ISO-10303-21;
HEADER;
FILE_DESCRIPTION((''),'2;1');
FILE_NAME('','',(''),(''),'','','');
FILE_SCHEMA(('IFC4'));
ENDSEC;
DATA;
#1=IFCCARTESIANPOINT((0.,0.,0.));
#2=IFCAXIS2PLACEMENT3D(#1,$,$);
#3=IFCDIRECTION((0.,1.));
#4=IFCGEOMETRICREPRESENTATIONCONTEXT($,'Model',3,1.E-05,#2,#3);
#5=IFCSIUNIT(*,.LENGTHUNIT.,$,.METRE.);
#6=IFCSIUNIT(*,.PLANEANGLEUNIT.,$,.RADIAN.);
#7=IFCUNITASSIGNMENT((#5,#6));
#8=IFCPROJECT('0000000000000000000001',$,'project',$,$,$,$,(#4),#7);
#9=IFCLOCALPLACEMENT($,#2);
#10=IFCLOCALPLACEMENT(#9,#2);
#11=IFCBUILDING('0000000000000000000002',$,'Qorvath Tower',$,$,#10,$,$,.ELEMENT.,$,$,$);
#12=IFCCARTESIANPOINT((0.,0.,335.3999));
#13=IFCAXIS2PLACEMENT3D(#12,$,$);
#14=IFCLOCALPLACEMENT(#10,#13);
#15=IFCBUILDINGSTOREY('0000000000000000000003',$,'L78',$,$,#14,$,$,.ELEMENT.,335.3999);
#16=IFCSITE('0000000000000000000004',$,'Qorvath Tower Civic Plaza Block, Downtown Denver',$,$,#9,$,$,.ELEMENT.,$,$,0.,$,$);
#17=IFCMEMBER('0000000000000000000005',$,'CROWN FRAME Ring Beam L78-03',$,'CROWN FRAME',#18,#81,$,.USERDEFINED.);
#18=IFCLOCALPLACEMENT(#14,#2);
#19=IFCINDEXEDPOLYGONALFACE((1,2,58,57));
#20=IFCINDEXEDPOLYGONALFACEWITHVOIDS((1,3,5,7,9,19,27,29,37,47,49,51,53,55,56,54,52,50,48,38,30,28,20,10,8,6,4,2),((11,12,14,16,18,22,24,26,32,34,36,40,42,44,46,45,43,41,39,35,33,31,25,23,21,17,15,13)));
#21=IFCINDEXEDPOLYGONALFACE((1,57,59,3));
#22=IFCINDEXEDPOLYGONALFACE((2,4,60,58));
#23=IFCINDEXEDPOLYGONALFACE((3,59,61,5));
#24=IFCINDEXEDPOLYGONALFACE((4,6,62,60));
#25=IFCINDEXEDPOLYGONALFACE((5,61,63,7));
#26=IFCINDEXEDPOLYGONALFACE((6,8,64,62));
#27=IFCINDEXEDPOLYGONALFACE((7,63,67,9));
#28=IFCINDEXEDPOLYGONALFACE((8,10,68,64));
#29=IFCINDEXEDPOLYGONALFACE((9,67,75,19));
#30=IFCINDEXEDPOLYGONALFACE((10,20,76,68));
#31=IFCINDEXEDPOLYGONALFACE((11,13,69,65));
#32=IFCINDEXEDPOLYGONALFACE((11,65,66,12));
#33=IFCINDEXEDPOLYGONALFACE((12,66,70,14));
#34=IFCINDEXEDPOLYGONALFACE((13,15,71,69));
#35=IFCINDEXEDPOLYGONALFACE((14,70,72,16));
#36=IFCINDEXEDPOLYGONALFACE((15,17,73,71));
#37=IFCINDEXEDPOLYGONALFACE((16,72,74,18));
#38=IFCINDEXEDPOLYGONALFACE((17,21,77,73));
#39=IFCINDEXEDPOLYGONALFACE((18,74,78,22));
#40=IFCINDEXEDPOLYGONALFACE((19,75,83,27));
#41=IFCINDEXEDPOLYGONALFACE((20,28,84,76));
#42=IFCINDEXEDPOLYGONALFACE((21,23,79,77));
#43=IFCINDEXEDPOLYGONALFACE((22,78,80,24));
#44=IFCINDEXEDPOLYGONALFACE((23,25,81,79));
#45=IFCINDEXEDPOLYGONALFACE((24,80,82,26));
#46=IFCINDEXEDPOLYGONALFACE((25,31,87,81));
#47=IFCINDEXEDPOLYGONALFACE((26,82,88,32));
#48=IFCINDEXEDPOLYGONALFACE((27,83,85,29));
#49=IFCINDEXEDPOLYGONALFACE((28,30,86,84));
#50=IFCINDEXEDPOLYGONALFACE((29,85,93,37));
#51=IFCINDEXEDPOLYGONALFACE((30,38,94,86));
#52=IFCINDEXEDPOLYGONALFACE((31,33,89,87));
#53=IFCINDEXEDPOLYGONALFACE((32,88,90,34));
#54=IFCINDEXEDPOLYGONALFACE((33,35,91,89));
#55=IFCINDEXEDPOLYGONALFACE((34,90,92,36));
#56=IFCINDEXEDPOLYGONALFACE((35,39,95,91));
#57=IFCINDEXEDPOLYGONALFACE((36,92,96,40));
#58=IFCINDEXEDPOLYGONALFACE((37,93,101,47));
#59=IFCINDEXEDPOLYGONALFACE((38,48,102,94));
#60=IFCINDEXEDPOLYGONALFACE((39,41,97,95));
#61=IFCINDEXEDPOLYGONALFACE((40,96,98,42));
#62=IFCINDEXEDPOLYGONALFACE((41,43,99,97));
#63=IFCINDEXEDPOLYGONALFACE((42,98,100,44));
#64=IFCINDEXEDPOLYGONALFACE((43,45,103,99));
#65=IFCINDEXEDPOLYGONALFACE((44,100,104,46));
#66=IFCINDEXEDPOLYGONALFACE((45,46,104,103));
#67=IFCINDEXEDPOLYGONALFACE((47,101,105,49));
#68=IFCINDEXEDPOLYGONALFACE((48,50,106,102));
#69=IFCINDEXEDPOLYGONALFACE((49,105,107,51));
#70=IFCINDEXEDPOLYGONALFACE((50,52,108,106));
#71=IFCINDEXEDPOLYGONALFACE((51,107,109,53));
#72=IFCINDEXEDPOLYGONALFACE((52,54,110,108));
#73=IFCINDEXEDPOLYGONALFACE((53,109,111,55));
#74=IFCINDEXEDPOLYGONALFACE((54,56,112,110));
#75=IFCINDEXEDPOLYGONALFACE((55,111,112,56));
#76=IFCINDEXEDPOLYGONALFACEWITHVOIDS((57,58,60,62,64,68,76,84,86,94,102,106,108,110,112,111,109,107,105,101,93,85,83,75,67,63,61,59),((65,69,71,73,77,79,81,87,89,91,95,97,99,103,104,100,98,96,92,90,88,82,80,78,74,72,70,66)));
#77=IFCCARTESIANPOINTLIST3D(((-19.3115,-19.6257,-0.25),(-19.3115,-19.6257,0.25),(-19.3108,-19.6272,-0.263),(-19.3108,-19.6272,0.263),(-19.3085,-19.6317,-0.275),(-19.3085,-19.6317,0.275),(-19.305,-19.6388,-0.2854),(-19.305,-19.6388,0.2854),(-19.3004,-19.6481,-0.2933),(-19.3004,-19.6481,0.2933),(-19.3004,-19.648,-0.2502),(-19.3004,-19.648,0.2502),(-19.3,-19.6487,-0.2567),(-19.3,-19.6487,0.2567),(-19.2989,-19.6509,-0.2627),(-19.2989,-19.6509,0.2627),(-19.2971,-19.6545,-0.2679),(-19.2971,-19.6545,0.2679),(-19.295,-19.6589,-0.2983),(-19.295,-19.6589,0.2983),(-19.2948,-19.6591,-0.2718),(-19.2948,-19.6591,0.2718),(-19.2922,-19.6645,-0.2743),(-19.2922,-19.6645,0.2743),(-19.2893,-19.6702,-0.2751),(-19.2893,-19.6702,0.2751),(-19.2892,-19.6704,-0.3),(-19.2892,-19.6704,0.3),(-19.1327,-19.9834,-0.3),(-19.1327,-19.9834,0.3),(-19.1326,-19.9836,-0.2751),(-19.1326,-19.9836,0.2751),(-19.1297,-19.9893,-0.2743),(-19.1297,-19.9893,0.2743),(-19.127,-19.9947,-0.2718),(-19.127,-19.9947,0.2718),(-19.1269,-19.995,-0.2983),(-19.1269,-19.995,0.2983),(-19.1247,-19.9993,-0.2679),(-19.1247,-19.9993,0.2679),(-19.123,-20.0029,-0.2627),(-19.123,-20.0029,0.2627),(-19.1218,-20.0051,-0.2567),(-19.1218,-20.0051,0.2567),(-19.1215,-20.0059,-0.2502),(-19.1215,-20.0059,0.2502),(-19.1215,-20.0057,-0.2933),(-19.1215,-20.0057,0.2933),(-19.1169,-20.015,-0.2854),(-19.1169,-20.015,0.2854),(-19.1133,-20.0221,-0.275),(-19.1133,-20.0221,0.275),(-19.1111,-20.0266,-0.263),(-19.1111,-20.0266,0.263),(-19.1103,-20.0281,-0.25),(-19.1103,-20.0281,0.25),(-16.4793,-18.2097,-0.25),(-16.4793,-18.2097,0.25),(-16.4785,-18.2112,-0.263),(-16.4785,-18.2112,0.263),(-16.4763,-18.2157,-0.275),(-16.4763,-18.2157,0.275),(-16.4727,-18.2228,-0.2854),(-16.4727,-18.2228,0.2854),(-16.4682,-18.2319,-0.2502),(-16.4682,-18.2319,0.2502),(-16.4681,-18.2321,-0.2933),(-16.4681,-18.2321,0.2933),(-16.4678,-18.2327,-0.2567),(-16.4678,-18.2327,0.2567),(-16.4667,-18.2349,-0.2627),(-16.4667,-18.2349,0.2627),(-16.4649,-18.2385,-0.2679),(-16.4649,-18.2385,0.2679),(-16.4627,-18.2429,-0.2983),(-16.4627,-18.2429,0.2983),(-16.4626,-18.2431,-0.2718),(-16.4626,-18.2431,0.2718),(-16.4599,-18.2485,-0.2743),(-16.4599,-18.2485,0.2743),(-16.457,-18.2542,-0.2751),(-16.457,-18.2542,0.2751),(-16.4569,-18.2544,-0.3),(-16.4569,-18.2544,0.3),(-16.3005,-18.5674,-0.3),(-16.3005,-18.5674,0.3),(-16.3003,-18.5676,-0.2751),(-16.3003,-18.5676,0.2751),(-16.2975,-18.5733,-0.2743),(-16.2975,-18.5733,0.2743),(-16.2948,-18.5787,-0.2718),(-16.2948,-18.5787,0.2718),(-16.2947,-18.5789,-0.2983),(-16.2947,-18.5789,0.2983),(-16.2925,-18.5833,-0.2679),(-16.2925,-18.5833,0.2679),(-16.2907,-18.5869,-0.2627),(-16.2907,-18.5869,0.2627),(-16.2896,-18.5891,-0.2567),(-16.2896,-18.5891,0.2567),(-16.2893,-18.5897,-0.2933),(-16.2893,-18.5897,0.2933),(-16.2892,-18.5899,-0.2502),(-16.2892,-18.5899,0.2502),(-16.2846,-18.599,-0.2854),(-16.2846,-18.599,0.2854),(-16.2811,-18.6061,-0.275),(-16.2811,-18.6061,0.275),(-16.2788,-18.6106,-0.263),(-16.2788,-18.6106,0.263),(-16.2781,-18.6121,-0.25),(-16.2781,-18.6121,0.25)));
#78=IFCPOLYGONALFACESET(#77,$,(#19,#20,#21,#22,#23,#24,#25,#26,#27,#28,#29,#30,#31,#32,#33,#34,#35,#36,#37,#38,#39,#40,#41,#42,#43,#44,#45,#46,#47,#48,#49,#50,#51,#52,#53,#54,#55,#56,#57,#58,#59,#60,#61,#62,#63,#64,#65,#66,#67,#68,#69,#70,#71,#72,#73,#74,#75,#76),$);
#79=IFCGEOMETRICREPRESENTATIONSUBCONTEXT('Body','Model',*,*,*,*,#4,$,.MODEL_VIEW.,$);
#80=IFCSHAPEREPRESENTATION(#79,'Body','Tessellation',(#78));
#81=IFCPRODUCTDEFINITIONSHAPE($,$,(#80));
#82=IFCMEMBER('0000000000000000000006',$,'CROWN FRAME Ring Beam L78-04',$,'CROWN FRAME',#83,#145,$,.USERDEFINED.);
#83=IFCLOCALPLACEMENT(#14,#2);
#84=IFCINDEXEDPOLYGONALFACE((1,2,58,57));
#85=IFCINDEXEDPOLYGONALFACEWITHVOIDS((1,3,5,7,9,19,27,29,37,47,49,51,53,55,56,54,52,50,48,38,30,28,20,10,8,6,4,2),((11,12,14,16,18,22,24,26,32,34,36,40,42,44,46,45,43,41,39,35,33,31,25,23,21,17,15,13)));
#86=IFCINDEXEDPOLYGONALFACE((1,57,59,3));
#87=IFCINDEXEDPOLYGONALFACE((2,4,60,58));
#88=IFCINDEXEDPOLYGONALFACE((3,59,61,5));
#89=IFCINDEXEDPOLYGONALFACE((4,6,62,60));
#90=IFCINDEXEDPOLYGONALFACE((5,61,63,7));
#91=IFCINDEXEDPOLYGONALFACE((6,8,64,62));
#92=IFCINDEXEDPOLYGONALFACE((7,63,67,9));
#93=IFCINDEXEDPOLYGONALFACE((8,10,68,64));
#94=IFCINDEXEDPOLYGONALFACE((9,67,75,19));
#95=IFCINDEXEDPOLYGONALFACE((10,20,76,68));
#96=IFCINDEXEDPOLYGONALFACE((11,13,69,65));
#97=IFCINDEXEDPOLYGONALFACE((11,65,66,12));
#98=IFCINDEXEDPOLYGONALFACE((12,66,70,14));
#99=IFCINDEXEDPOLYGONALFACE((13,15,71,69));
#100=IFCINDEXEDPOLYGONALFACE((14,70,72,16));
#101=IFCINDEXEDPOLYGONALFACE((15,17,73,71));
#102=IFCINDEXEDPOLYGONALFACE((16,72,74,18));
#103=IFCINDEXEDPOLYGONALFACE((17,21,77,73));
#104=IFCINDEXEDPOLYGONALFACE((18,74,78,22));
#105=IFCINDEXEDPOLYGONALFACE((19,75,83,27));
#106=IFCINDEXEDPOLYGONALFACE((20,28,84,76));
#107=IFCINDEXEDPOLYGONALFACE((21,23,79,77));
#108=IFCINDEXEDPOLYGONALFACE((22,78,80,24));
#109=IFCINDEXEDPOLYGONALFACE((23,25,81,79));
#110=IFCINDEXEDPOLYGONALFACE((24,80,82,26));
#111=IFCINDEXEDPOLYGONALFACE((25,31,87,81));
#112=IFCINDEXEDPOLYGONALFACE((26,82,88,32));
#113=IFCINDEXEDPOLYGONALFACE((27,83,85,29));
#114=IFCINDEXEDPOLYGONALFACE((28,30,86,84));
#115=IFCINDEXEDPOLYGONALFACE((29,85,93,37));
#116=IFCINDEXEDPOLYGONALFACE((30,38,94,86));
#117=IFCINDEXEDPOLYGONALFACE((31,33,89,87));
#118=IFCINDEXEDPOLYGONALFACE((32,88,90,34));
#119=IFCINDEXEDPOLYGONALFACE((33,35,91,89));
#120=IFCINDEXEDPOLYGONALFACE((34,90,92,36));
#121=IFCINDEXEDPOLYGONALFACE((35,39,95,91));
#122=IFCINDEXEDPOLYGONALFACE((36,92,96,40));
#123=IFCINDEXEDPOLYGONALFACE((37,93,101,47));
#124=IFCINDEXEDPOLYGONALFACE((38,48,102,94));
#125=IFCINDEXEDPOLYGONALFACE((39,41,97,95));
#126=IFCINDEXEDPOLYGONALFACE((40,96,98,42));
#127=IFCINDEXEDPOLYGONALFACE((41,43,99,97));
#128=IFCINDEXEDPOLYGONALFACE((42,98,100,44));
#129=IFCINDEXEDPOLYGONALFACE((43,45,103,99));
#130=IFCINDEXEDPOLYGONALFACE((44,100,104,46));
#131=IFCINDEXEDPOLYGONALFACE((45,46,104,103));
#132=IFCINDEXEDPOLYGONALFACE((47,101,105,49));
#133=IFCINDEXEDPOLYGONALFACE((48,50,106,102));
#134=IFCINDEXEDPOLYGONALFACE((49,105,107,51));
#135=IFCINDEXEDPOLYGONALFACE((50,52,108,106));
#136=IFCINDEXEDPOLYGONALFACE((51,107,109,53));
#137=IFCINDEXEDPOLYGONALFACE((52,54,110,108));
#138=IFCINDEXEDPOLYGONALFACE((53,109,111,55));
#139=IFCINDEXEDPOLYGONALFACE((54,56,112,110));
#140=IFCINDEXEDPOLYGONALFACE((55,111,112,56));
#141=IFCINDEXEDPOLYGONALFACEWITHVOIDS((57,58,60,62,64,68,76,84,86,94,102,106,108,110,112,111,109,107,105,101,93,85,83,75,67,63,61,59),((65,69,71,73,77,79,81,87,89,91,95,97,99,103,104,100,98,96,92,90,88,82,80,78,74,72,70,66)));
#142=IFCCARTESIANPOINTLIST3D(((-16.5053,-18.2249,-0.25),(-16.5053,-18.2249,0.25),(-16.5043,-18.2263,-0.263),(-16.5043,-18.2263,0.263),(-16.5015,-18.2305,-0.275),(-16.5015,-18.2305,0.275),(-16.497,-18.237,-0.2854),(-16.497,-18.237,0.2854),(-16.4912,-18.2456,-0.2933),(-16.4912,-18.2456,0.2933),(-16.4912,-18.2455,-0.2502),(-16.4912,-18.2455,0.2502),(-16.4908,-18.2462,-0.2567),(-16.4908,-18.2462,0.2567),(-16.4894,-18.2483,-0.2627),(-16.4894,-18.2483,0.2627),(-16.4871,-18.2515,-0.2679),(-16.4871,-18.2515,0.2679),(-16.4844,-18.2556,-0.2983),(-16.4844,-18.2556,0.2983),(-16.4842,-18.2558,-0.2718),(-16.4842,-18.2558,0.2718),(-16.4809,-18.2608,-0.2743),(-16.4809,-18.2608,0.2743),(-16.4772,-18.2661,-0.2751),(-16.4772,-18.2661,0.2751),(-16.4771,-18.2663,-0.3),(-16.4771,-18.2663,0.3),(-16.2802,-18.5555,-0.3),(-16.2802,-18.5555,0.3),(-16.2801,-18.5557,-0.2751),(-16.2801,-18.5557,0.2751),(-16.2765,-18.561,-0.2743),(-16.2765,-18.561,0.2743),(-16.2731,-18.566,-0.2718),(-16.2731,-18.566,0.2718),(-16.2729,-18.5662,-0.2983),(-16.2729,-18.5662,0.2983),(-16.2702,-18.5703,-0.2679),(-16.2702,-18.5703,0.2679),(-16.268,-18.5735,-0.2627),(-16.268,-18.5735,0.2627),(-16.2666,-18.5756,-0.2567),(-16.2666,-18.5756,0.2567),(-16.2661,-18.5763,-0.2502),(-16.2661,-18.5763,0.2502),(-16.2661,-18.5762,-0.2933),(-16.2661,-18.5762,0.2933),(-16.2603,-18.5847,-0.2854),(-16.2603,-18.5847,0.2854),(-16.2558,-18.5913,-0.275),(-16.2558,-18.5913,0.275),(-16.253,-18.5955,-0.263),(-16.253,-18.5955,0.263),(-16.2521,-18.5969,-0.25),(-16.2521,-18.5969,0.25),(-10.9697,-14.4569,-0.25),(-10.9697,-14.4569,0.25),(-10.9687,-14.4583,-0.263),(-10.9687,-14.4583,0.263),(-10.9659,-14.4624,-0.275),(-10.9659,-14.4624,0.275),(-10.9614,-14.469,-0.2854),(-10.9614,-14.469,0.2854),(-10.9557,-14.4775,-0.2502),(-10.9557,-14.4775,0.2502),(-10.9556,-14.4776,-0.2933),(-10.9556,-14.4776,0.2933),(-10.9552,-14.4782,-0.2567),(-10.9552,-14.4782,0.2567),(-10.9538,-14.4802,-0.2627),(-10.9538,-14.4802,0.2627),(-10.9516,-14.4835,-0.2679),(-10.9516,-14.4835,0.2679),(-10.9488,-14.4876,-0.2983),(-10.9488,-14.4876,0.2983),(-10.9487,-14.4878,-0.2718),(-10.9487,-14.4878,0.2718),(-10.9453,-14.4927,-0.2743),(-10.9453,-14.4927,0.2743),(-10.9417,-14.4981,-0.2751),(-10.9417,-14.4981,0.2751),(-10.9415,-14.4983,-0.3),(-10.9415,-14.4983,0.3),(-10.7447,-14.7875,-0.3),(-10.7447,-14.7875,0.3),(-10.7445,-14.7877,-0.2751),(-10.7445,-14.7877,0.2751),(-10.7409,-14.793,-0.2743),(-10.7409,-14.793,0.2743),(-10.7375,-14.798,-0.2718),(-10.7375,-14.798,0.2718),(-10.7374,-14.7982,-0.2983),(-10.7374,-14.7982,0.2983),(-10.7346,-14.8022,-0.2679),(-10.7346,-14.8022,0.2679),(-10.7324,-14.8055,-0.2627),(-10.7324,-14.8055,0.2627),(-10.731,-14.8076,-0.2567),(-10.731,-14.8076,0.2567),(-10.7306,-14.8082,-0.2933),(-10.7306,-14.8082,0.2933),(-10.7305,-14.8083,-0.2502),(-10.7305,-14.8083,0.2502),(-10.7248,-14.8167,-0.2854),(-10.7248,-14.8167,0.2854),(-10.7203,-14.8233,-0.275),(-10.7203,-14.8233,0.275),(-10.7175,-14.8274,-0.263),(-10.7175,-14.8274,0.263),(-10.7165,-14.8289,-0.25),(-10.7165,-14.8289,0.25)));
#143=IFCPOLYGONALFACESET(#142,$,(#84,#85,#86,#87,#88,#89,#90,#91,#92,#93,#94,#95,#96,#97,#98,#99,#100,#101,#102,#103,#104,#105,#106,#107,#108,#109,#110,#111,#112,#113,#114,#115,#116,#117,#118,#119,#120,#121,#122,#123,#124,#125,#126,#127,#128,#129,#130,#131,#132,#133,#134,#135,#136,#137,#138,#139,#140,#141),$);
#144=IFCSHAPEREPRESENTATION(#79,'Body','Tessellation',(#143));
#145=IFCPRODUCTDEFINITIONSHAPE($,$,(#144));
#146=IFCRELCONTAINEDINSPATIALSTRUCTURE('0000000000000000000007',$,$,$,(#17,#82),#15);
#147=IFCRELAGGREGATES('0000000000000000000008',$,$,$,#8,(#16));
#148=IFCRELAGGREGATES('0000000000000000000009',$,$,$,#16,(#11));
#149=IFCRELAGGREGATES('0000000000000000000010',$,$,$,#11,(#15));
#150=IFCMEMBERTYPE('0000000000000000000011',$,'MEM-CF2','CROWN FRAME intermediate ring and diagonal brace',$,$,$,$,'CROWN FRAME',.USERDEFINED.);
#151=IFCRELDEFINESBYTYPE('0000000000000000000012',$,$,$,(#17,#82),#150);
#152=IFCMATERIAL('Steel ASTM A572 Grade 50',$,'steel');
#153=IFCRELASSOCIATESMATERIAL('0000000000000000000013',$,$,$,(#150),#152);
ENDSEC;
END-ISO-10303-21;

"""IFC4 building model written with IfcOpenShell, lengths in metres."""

from ifc_helpers import new_model, si_unit, direction, frame, origin, origin_2d, place, context, subcontext, project, spatial, hollow_rectangle, extrude, material, material_profile, profile_set, type_object, element, save


model = new_model("IFC4")

# Units and contexts
model_context = context("Model", 3, precision=1e-05, world=origin(), true_north=direction((0.0, 1.0)))
body_context = subcontext(model_context, "Body", "Model", "MODEL_VIEW")
ifc_project = project(units=[si_unit("LENGTHUNIT", "METRE"), si_unit("PLANEANGLEUNIT", "RADIAN")], contexts=[model_context])

# Site, building, storey
site_placement = place(None, origin())
site = spatial("IfcSite", under=ifc_project, at=site_placement, Name="Qorvath Tower Civic Plaza Block, Downtown Denver", CompositionType="ELEMENT", RefElevation=0.0)
building_placement = place(site_placement, origin())
building = spatial("IfcBuilding", under=site, at=building_placement, Name="Qorvath Tower", CompositionType="ELEMENT")
storey_placement = place(building_placement, frame((0.0, 0.0, 335.3999)))
storey = spatial("IfcBuildingStorey", under=building, at=storey_placement, Name="L78", CompositionType="ELEMENT", Elevation=335.3999)

# Members
ifc_material_1 = material(Name="Steel ASTM A572 Grade 50", Category="steel")
ifc_material_profile_1 = material_profile(ifc_material_1, hollow_rectangle(XDim=0.45, YDim=0.6001, WallThickness=0.0249, InnerFilletRadius=0.0249, OuterFilletRadius=0.05, at=origin_2d()), Name="CROWN BOX 600x450x25")
ifc_profile_set_1 = profile_set([ifc_material_profile_1], Name="Steel ASTM A572 Grade 50")
member_type_1 = type_object("IfcMemberType", Name="MEM-CF2", Description="CROWN FRAME intermediate ring and diagonal brace", ElementType="CROWN FRAME", PredefinedType="USERDEFINED", material=ifc_profile_set_1)
member_1_placement = place(storey_placement, frame((-19.2109, -19.8269, 0.0), z_axis=(0.894443, 0.447183, 0.0), x_axis=(-0.447183, 0.894443, 0.0)))
element("IfcMember", 1, at=member_1_placement, inside=storey, type_object=member_type_1, Name="CROWN FRAME Ring Beam L78-03", ObjectType="CROWN FRAME", PredefinedType="USERDEFINED", context=body_context, shape_type="SweptSolid", body=[
    extrude(hollow_rectangle(XDim=0.45, YDim=0.6001, WallThickness=0.0249, InnerFilletRadius=0.0249, OuterFilletRadius=0.05, at=origin_2d()), origin(), (0.0, 0.0, 1.0), 3.1665),
])
member_2_placement = place(storey_placement, frame((-16.3787, -18.4109, 0.0), z_axis=(0.826661, 0.562701, 0.0), x_axis=(-0.562701, 0.826661, 0.0)))
element("IfcMember", 2, at=member_2_placement, inside=storey, type_object=member_type_1, Name="CROWN FRAME Ring Beam L78-04", ObjectType="CROWN FRAME", PredefinedType="USERDEFINED", context=body_context, shape_type="SweptSolid", body=[
    extrude(hollow_rectangle(XDim=0.45, YDim=0.6001, WallThickness=0.0249, InnerFilletRadius=0.0249, OuterFilletRadius=0.05, at=origin_2d()), origin(), (0.0, 0.0, 1.0), 6.6963),
])

save(model, "model.ifc")
